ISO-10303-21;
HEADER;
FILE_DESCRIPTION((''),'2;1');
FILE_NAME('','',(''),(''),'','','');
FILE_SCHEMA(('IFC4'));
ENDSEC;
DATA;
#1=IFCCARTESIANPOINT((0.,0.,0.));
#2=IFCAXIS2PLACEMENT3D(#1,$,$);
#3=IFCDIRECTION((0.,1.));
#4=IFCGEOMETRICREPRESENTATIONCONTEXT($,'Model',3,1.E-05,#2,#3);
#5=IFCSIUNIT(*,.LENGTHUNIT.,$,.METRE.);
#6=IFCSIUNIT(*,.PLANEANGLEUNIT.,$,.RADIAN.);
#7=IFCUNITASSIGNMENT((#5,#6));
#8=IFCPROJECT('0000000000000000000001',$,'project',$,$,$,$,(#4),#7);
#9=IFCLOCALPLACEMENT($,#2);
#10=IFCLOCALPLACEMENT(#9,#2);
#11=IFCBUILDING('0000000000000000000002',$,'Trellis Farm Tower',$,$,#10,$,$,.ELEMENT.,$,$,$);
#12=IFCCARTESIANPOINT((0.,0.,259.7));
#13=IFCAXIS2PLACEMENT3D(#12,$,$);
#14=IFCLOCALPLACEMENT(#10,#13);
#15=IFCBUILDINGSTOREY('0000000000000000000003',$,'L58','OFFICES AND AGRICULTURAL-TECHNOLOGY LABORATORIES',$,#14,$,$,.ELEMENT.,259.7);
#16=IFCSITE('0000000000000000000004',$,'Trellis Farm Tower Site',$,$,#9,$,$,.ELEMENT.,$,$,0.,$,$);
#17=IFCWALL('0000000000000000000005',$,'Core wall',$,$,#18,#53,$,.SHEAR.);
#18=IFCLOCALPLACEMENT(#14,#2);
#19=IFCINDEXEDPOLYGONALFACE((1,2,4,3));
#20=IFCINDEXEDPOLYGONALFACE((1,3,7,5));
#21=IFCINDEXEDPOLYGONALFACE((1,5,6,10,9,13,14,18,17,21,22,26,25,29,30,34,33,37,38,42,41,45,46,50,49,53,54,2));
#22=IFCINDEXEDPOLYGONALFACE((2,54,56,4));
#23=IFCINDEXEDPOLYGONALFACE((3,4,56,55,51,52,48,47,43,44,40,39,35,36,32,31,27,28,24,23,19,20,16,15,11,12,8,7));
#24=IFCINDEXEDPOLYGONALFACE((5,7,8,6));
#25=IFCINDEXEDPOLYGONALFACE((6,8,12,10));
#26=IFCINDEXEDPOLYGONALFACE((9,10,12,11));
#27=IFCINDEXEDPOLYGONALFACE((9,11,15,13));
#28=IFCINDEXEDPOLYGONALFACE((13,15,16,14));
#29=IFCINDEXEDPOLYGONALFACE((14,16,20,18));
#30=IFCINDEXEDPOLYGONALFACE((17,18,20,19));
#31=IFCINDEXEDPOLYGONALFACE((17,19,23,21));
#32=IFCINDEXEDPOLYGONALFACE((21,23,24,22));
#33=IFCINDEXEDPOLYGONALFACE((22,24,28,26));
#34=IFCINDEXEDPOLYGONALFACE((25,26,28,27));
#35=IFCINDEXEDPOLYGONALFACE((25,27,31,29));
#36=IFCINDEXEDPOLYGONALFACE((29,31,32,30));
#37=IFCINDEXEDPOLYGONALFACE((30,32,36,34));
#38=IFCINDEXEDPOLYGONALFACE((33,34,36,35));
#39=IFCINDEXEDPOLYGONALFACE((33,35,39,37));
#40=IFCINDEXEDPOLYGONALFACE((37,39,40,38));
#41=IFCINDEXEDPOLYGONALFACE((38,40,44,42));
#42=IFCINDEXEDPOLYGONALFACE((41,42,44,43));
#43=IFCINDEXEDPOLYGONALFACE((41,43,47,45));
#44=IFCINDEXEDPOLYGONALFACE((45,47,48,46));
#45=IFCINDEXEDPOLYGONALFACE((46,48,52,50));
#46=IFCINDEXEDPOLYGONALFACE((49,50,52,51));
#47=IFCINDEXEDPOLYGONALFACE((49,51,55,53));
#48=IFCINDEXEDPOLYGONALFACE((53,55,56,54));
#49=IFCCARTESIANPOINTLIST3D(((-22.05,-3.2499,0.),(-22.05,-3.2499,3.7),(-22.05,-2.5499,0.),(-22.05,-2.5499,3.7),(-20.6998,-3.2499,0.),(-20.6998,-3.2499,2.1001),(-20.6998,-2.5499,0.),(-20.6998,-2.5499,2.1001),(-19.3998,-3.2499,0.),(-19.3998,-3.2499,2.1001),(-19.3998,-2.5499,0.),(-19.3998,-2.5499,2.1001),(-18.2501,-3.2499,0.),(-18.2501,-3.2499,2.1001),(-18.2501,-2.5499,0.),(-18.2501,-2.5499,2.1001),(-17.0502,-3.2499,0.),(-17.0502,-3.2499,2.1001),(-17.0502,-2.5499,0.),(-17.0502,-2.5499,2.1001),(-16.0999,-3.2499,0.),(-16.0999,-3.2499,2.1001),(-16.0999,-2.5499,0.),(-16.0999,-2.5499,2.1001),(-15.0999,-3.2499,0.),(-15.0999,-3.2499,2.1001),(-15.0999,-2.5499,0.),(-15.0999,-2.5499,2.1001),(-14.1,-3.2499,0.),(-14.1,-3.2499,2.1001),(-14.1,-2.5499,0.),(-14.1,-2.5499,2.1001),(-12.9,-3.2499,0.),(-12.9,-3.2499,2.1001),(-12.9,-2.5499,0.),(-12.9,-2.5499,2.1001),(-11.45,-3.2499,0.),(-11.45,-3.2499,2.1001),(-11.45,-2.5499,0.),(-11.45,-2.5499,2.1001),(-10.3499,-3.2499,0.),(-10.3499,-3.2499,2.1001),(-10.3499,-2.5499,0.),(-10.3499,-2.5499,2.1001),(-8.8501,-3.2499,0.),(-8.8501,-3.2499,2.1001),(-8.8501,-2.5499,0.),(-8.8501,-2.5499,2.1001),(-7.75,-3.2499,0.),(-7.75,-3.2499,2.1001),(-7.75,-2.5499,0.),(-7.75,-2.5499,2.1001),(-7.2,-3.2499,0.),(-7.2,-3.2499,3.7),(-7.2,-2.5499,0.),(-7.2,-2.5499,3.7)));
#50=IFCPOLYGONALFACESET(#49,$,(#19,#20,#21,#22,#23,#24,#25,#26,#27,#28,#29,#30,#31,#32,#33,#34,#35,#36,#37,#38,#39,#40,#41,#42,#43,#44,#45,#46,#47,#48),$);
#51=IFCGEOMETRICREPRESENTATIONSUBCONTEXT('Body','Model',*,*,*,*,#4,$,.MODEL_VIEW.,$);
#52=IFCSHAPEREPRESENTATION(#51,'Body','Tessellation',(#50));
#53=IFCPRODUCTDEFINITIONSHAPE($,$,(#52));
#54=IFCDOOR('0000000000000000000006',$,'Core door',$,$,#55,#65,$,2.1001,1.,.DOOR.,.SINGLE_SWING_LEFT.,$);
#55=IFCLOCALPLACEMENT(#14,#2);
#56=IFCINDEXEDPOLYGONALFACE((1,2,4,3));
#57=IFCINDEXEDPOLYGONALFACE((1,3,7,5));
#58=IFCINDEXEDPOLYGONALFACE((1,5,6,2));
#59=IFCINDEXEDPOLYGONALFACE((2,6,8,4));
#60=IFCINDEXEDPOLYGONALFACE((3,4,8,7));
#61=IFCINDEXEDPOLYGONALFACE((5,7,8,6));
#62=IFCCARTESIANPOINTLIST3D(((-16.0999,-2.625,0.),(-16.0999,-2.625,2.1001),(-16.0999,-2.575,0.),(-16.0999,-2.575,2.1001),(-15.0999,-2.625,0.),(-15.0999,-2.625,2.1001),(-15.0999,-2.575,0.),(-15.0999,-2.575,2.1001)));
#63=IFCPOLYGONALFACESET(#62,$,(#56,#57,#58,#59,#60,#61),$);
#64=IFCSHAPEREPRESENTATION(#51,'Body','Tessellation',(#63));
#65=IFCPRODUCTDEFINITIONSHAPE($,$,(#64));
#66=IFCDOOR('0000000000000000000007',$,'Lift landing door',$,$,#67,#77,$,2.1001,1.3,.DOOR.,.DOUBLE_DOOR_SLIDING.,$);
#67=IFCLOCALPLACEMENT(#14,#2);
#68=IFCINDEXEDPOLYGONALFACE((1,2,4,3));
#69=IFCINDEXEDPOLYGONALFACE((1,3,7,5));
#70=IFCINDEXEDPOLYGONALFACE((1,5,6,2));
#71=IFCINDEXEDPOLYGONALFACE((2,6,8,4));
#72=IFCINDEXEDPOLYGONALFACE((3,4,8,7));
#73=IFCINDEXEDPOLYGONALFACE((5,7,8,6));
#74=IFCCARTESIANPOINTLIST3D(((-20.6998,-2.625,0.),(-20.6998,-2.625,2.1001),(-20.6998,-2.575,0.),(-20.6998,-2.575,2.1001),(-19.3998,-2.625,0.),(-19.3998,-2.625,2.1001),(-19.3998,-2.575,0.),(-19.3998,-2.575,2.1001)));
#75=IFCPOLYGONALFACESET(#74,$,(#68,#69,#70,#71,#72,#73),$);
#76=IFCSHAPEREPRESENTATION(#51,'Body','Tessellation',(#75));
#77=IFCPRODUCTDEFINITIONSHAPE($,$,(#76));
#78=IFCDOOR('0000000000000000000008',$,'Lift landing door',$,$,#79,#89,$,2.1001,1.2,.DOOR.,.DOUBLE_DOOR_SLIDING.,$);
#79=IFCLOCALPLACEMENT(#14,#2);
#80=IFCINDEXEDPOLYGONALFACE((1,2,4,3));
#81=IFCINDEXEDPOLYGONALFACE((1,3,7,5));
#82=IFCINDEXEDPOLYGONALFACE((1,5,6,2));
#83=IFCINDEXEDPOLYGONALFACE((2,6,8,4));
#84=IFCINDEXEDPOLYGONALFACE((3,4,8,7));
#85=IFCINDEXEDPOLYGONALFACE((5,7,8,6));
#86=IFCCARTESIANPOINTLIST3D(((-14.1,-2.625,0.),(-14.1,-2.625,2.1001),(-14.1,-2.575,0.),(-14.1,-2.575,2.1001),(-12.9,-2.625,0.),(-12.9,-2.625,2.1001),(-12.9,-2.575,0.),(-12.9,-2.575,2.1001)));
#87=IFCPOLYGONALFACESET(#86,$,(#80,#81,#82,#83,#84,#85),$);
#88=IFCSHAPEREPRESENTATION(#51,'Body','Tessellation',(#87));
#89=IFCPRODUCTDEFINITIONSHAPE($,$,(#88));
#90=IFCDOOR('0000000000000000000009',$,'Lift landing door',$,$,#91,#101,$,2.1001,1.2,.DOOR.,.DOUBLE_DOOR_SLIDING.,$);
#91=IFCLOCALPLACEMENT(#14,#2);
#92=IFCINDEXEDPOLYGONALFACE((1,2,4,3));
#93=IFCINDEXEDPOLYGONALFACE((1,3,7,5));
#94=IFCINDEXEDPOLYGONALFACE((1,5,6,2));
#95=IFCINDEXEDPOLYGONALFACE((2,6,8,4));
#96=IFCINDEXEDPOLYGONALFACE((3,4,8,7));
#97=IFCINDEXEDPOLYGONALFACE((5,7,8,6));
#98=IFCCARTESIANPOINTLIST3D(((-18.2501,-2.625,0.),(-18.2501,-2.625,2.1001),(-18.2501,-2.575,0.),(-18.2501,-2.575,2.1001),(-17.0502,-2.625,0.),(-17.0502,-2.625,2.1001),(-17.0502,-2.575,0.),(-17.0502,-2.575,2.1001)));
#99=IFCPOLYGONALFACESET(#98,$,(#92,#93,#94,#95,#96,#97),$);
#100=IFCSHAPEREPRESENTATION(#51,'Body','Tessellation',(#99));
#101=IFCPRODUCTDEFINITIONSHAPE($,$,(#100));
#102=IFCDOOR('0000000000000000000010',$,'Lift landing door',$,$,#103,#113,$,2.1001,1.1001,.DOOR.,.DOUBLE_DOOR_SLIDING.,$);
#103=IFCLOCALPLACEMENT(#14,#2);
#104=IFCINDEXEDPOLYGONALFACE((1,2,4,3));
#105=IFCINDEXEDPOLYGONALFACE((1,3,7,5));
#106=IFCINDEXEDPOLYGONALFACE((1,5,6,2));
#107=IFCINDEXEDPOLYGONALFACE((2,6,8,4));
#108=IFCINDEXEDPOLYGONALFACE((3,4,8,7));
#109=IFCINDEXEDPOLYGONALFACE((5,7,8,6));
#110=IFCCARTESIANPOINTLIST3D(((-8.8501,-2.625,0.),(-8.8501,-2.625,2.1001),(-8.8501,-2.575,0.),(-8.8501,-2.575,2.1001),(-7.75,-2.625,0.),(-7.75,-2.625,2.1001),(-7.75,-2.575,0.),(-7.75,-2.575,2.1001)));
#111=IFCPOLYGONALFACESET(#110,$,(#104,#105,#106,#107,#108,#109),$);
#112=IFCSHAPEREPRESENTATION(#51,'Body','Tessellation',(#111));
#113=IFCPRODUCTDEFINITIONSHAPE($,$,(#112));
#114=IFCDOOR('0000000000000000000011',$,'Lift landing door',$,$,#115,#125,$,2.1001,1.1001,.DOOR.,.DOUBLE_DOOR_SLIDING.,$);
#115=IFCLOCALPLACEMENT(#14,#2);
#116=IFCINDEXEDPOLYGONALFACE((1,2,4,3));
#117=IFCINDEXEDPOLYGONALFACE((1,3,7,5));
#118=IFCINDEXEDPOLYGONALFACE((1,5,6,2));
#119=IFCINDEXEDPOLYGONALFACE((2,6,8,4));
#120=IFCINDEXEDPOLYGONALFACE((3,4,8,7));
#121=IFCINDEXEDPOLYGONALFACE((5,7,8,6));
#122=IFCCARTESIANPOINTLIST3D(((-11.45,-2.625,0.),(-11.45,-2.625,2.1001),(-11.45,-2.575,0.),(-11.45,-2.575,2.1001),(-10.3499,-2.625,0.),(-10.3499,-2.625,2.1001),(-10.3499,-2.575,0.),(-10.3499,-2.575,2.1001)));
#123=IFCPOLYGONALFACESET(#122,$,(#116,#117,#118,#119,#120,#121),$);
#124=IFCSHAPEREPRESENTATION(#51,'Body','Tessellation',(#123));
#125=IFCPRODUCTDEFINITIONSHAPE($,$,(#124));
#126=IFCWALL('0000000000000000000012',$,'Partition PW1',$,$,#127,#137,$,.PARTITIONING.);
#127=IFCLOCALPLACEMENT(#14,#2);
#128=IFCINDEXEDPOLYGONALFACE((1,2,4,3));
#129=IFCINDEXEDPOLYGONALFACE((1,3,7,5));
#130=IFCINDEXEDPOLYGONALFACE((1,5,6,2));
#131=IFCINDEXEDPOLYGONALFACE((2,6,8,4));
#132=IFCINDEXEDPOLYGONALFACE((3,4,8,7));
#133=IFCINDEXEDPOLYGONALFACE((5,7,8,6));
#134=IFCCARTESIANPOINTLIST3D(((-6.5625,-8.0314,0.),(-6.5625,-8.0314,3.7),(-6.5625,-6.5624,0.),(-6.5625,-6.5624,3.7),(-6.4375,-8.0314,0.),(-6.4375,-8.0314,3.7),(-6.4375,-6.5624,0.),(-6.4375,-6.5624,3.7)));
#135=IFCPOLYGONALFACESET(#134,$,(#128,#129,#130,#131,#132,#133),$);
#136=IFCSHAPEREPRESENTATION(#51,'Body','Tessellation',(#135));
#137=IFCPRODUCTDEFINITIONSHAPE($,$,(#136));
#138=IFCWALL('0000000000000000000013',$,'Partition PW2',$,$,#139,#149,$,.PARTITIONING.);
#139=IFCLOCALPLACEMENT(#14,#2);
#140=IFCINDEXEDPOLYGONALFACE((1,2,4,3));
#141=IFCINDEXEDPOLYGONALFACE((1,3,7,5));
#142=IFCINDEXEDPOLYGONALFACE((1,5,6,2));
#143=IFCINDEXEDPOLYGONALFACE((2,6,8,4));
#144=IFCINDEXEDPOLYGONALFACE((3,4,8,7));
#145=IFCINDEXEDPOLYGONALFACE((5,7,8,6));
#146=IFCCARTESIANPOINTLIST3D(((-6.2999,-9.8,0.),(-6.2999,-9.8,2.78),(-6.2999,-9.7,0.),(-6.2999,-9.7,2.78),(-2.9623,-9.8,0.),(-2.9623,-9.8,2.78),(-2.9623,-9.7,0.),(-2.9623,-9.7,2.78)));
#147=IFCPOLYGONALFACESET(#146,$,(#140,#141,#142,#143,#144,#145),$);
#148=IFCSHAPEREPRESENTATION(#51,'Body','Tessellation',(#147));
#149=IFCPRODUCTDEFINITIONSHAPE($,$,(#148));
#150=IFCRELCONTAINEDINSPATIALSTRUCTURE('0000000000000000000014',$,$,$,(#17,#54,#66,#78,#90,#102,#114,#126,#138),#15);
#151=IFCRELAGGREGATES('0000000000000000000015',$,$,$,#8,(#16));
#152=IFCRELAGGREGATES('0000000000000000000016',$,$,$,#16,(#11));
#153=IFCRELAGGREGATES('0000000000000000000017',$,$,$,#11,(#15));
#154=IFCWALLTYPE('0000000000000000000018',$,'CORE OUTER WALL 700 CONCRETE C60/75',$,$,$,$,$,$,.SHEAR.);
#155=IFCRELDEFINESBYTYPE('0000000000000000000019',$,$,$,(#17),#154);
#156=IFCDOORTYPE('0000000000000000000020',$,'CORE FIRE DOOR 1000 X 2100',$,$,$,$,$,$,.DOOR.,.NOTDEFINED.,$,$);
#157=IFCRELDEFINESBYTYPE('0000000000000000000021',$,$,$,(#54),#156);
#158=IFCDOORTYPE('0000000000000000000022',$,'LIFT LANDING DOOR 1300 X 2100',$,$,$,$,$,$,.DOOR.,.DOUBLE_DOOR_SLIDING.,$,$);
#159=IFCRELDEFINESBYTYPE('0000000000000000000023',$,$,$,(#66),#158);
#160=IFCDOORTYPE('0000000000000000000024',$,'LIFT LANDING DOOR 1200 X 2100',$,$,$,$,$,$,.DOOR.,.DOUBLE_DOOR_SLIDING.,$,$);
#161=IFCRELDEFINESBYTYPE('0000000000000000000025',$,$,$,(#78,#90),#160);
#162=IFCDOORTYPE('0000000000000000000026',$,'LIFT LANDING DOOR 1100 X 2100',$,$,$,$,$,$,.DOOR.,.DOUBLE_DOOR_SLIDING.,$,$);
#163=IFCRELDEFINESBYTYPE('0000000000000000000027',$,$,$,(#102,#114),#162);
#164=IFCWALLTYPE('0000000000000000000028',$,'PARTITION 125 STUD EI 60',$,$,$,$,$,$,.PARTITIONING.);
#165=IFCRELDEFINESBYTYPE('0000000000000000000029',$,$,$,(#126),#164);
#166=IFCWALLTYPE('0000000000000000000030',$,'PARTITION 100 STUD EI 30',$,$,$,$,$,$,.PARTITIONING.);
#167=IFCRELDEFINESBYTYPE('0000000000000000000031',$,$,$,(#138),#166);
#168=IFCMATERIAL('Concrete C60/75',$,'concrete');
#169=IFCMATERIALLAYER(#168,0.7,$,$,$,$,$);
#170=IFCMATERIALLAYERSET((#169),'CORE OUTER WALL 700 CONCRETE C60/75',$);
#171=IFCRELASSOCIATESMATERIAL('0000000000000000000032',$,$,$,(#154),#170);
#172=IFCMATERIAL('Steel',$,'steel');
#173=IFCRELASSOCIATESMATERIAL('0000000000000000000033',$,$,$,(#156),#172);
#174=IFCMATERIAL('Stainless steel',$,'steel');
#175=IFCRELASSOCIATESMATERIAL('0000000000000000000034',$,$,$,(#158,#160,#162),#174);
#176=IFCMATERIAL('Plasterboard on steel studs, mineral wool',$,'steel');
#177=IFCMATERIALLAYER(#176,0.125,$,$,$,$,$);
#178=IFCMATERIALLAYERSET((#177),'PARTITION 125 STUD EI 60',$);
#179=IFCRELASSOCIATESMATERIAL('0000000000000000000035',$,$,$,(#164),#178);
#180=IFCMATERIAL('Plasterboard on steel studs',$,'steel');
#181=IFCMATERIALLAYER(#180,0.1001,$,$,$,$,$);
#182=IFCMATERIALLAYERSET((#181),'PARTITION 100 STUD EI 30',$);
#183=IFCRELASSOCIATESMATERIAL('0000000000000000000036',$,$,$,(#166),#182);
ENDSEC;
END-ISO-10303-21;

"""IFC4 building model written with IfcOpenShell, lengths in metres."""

from ifc_helpers import new_model, si_unit, direction, frame, frame_2d, origin, place, context, subcontext, project, spatial, rectangle, extrude, source, transform, mapped, material, layer, layer_set, type_object, element, fill, save


model = new_model("IFC4")

# Units and contexts
model_context = context("Model", 3, precision=1e-05, world=origin(), true_north=direction((0.0, 1.0)))
body_context = subcontext(model_context, "Body", "Model", "MODEL_VIEW")
ifc_project = project(units=[si_unit("LENGTHUNIT", "METRE"), si_unit("PLANEANGLEUNIT", "RADIAN")], contexts=[model_context])

# Site, building, storey
site_placement = place(None, origin())
site = spatial("IfcSite", under=ifc_project, at=site_placement, Name="Trellis Farm Tower Site", CompositionType="ELEMENT", RefElevation=0.0)
building_placement = place(site_placement, origin())
building = spatial("IfcBuilding", under=site, at=building_placement, Name="Trellis Farm Tower", CompositionType="ELEMENT")
storey_placement = place(building_placement, frame((0.0, 0.0, 259.7)))
storey = spatial("IfcBuildingStorey", under=building, at=storey_placement, Name="L58", Description="OFFICES AND AGRICULTURAL-TECHNOLOGY LABORATORIES", CompositionType="ELEMENT", Elevation=259.7)

# Shared definitions
ifc_material_1 = material(Name="Concrete C60/75", Category="concrete")

# Wall, openings, doors
ifc_layer_1 = layer(ifc_material_1, 0.7)
ifc_layer_set_1 = layer_set([ifc_layer_1], Name="CORE OUTER WALL 700 CONCRETE C60/75")
wall_type_1 = type_object("IfcWallType", Name="CORE OUTER WALL 700 CONCRETE C60/75", PredefinedType="SHEAR", material=ifc_layer_set_1)
shared_shape_1 = source(origin(), body_context, "Body", "SweptSolid", [
    extrude(rectangle(XDim=14.8501, YDim=0.7, at=frame_2d((7.425, 0.0))), origin(), (0.0, 0.0, 1.0), 3.7),
])
wall_1_placement = place(storey_placement, frame((-7.2, -2.8999, 0.0), z_axis=(0.0, 0.0, 1.0), x_axis=(-1.0, 0.0, 0.0)))
wall_1 = element("IfcWall", 1, at=wall_1_placement, inside=storey, type_object=wall_type_1, Name="Core wall", PredefinedType="SHEAR", context=body_context, shape_type="MappedRepresentation", body=[
    mapped(shared_shape_1, transform((0.0, 0.0, 0.0))),
])
shared_shape_2 = source(origin(), body_context, "Body", "SweptSolid", [
    extrude(rectangle(XDim=1.1001, YDim=2.1001, at=frame_2d((0.55, 1.05))), frame((0.0, 0.3601, 0.0), z_axis=(0.0, -1.0, 0.0), x_axis=(1.0, 0.0, 0.0)), (0.0, 0.0, 1.0), 0.7202),
])
opening_1_placement = place(wall_1_placement, frame((0.55, 0.0, 0.0)))
opening_1 = element("IfcOpeningElement", 2, at=opening_1_placement, cuts=wall_1, PredefinedType="OPENING", context=body_context, shape_type="MappedRepresentation", body=[
    mapped(shared_shape_2, transform((0.0, 0.0, 0.0))),
])
opening_2_placement = place(wall_1_placement, frame((3.1499, 0.0, 0.0)))
opening_2 = element("IfcOpeningElement", 3, at=opening_2_placement, cuts=wall_1, PredefinedType="OPENING", context=body_context, shape_type="MappedRepresentation", body=[
    mapped(shared_shape_2, transform((0.0, 0.0, 0.0))),
])
shared_shape_3 = source(origin(), body_context, "Body", "SweptSolid", [
    extrude(rectangle(XDim=1.2, YDim=2.1001, at=frame_2d((0.6001, 1.05))), frame((0.0, 0.3601, 0.0), z_axis=(0.0, -1.0, 0.0), x_axis=(1.0, 0.0, 0.0)), (0.0, 0.0, 1.0), 0.7202),
])
opening_3_placement = place(wall_1_placement, frame((5.7, 0.0, 0.0)))
opening_3 = element("IfcOpeningElement", 4, at=opening_3_placement, cuts=wall_1, PredefinedType="OPENING", context=body_context, shape_type="MappedRepresentation", body=[
    mapped(shared_shape_3, transform((0.0, 0.0, 0.0))),
])
shared_shape_4 = source(origin(), body_context, "Body", "SweptSolid", [
    extrude(rectangle(XDim=1.3, YDim=2.1001, at=frame_2d((0.6499, 1.05))), frame((0.0, 0.3601, 0.0), z_axis=(0.0, -1.0, 0.0), x_axis=(1.0, 0.0, 0.0)), (0.0, 0.0, 1.0), 0.7202),
])
opening_4_placement = place(wall_1_placement, frame((12.2, 0.0, 0.0)))
opening_4 = element("IfcOpeningElement", 5, at=opening_4_placement, cuts=wall_1, PredefinedType="OPENING", context=body_context, shape_type="MappedRepresentation", body=[
    mapped(shared_shape_4, transform((0.0, 0.0, 0.0))),
])
opening_5_placement = place(wall_1_placement, frame((9.8501, 0.0, 0.0)))
opening_5 = element("IfcOpeningElement", 6, at=opening_5_placement, cuts=wall_1, PredefinedType="OPENING", context=body_context, shape_type="MappedRepresentation", body=[
    mapped(shared_shape_3, transform((0.0, 0.0, 0.0))),
])
shared_shape_5 = source(origin(), body_context, "Body", "SweptSolid", [
    extrude(rectangle(XDim=1.0, YDim=2.1001, at=frame_2d((0.5, 1.05))), frame((0.0, 0.3601, 0.0), z_axis=(0.0, -1.0, 0.0), x_axis=(1.0, 0.0, 0.0)), (0.0, 0.0, 1.0), 0.7202),
])
opening_6_placement = place(wall_1_placement, frame((7.8999, 0.0, 0.0)))
opening_6 = element("IfcOpeningElement", 7, at=opening_6_placement, cuts=wall_1, PredefinedType="OPENING", context=body_context, shape_type="MappedRepresentation", body=[
    mapped(shared_shape_5, transform((0.0, 0.0, 0.0))),
])
ifc_material_2 = material(Name="Steel", Category="steel")
door_type_1 = type_object("IfcDoorType", Name="CORE FIRE DOOR 1000 X 2100", OperationType="NOTDEFINED", PredefinedType="DOOR", material=ifc_material_2)
shared_shape_6 = source(origin(), body_context, "Body", "SweptSolid", [
    extrude(rectangle(XDim=1.0, YDim=2.1001, at=frame_2d((0.5, 1.05))), frame((0.0, -0.2749, 0.0), z_axis=(0.0, -1.0, 0.0), x_axis=(1.0, 0.0, 0.0)), (0.0, 0.0, 1.0), 0.05),
])
door_1_placement = place(opening_6_placement, origin())
door_1 = element("IfcDoor", 8, at=door_1_placement, inside=storey, type_object=door_type_1, Name="Core door", OperationType="SINGLE_SWING_LEFT", OverallHeight=2.1001, OverallWidth=1.0, PredefinedType="DOOR", context=body_context, shape_type="MappedRepresentation", body=[
    mapped(shared_shape_6, transform((0.0, 0.0, 0.0))),
])
fill(opening_6, door_1)
ifc_material_3 = material(Name="Stainless steel", Category="steel")
door_type_2 = type_object("IfcDoorType", Name="LIFT LANDING DOOR 1300 X 2100", OperationType="DOUBLE_DOOR_SLIDING", PredefinedType="DOOR", material=ifc_material_3)
shared_shape_7 = source(origin(), body_context, "Body", "SweptSolid", [
    extrude(rectangle(XDim=1.3, YDim=2.1001, at=frame_2d((0.6499, 1.05))), frame((0.0, -0.2749, 0.0), z_axis=(0.0, -1.0, 0.0), x_axis=(1.0, 0.0, 0.0)), (0.0, 0.0, 1.0), 0.05),
])
door_2_placement = place(opening_4_placement, origin())
door_2 = element("IfcDoor", 9, at=door_2_placement, inside=storey, type_object=door_type_2, Name="Lift landing door", OperationType="DOUBLE_DOOR_SLIDING", OverallHeight=2.1001, OverallWidth=1.3, PredefinedType="DOOR", context=body_context, shape_type="MappedRepresentation", body=[
    mapped(shared_shape_7, transform((0.0, 0.0, 0.0))),
])
fill(opening_4, door_2)
door_type_3 = type_object("IfcDoorType", Name="LIFT LANDING DOOR 1200 X 2100", OperationType="DOUBLE_DOOR_SLIDING", PredefinedType="DOOR", material=ifc_material_3)
shared_shape_8 = source(origin(), body_context, "Body", "SweptSolid", [
    extrude(rectangle(XDim=1.2, YDim=2.1001, at=frame_2d((0.6001, 1.05))), frame((0.0, -0.2749, 0.0), z_axis=(0.0, -1.0, 0.0), x_axis=(1.0, 0.0, 0.0)), (0.0, 0.0, 1.0), 0.05),
])
door_3_placement = place(opening_3_placement, origin())
door_3 = element("IfcDoor", 10, at=door_3_placement, inside=storey, type_object=door_type_3, Name="Lift landing door", OperationType="DOUBLE_DOOR_SLIDING", OverallHeight=2.1001, OverallWidth=1.2, PredefinedType="DOOR", context=body_context, shape_type="MappedRepresentation", body=[
    mapped(shared_shape_8, transform((0.0, 0.0, 0.0))),
])
fill(opening_3, door_3)
door_4_placement = place(opening_5_placement, origin())
door_4 = element("IfcDoor", 11, at=door_4_placement, inside=storey, type_object=door_type_3, Name="Lift landing door", OperationType="DOUBLE_DOOR_SLIDING", OverallHeight=2.1001, OverallWidth=1.2, PredefinedType="DOOR", context=body_context, shape_type="MappedRepresentation", body=[
    mapped(shared_shape_8, transform((0.0, 0.0, 0.0))),
])
fill(opening_5, door_4)
door_type_4 = type_object("IfcDoorType", Name="LIFT LANDING DOOR 1100 X 2100", OperationType="DOUBLE_DOOR_SLIDING", PredefinedType="DOOR", material=ifc_material_3)
shared_shape_9 = source(origin(), body_context, "Body", "SweptSolid", [
    extrude(rectangle(XDim=1.1001, YDim=2.1001, at=frame_2d((0.55, 1.05))), frame((0.0, -0.2749, 0.0), z_axis=(0.0, -1.0, 0.0), x_axis=(1.0, 0.0, 0.0)), (0.0, 0.0, 1.0), 0.05),
])
door_5_placement = place(opening_1_placement, origin())
door_5 = element("IfcDoor", 12, at=door_5_placement, inside=storey, type_object=door_type_4, Name="Lift landing door", OperationType="DOUBLE_DOOR_SLIDING", OverallHeight=2.1001, OverallWidth=1.1001, PredefinedType="DOOR", context=body_context, shape_type="MappedRepresentation", body=[
    mapped(shared_shape_9, transform((0.0, 0.0, 0.0))),
])
fill(opening_1, door_5)
door_6_placement = place(opening_2_placement, origin())
door_6 = element("IfcDoor", 13, at=door_6_placement, inside=storey, type_object=door_type_4, Name="Lift landing door", OperationType="DOUBLE_DOOR_SLIDING", OverallHeight=2.1001, OverallWidth=1.1001, PredefinedType="DOOR", context=body_context, shape_type="MappedRepresentation", body=[
    mapped(shared_shape_9, transform((0.0, 0.0, 0.0))),
])
fill(opening_2, door_6)

# Walls
ifc_material_4 = material(Name="Plasterboard on steel studs, mineral wool", Category="steel")
ifc_layer_2 = layer(ifc_material_4, 0.125)
ifc_layer_set_2 = layer_set([ifc_layer_2], Name="PARTITION 125 STUD EI 60")
wall_type_2 = type_object("IfcWallType", Name="PARTITION 125 STUD EI 60", PredefinedType="PARTITIONING", material=ifc_layer_set_2)
shared_shape_10 = source(origin(), body_context, "Body", "SweptSolid", [
    extrude(rectangle(XDim=1.469, YDim=0.125, at=frame_2d((0.7344, 0.0))), origin(), (0.0, 0.0, 1.0), 3.7),
])
wall_2_placement = place(storey_placement, frame((-6.5, -6.5625, 0.0), z_axis=(0.0, 0.0, 1.0), x_axis=(0.0, -1.0, 0.0)))
element("IfcWall", 14, at=wall_2_placement, inside=storey, type_object=wall_type_2, Name="Partition PW1", PredefinedType="PARTITIONING", context=body_context, shape_type="MappedRepresentation", body=[
    mapped(shared_shape_10, transform((0.0, 0.0, 0.0))),
])
ifc_material_5 = material(Name="Plasterboard on steel studs", Category="steel")
ifc_layer_3 = layer(ifc_material_5, 0.1001)
ifc_layer_set_3 = layer_set([ifc_layer_3], Name="PARTITION 100 STUD EI 30")
wall_type_3 = type_object("IfcWallType", Name="PARTITION 100 STUD EI 30", PredefinedType="PARTITIONING", material=ifc_layer_set_3)
shared_shape_11 = source(origin(), body_context, "Body", "SweptSolid", [
    extrude(rectangle(XDim=3.3376, YDim=0.1001, at=frame_2d((1.6689, 0.0))), origin(), (0.0, 0.0, 1.0), 2.78),
])
wall_3_placement = place(storey_placement, frame((-6.3, -9.75, 0.0), z_axis=(0.0, 0.0, 1.0), x_axis=(1.0, 0.0, 0.0)))
element("IfcWall", 15, at=wall_3_placement, inside=storey, type_object=wall_type_3, Name="Partition PW2", PredefinedType="PARTITIONING", context=body_context, shape_type="MappedRepresentation", body=[
    mapped(shared_shape_11, transform((0.0, 0.0, 0.0))),
])

save(model, "model.ifc")
